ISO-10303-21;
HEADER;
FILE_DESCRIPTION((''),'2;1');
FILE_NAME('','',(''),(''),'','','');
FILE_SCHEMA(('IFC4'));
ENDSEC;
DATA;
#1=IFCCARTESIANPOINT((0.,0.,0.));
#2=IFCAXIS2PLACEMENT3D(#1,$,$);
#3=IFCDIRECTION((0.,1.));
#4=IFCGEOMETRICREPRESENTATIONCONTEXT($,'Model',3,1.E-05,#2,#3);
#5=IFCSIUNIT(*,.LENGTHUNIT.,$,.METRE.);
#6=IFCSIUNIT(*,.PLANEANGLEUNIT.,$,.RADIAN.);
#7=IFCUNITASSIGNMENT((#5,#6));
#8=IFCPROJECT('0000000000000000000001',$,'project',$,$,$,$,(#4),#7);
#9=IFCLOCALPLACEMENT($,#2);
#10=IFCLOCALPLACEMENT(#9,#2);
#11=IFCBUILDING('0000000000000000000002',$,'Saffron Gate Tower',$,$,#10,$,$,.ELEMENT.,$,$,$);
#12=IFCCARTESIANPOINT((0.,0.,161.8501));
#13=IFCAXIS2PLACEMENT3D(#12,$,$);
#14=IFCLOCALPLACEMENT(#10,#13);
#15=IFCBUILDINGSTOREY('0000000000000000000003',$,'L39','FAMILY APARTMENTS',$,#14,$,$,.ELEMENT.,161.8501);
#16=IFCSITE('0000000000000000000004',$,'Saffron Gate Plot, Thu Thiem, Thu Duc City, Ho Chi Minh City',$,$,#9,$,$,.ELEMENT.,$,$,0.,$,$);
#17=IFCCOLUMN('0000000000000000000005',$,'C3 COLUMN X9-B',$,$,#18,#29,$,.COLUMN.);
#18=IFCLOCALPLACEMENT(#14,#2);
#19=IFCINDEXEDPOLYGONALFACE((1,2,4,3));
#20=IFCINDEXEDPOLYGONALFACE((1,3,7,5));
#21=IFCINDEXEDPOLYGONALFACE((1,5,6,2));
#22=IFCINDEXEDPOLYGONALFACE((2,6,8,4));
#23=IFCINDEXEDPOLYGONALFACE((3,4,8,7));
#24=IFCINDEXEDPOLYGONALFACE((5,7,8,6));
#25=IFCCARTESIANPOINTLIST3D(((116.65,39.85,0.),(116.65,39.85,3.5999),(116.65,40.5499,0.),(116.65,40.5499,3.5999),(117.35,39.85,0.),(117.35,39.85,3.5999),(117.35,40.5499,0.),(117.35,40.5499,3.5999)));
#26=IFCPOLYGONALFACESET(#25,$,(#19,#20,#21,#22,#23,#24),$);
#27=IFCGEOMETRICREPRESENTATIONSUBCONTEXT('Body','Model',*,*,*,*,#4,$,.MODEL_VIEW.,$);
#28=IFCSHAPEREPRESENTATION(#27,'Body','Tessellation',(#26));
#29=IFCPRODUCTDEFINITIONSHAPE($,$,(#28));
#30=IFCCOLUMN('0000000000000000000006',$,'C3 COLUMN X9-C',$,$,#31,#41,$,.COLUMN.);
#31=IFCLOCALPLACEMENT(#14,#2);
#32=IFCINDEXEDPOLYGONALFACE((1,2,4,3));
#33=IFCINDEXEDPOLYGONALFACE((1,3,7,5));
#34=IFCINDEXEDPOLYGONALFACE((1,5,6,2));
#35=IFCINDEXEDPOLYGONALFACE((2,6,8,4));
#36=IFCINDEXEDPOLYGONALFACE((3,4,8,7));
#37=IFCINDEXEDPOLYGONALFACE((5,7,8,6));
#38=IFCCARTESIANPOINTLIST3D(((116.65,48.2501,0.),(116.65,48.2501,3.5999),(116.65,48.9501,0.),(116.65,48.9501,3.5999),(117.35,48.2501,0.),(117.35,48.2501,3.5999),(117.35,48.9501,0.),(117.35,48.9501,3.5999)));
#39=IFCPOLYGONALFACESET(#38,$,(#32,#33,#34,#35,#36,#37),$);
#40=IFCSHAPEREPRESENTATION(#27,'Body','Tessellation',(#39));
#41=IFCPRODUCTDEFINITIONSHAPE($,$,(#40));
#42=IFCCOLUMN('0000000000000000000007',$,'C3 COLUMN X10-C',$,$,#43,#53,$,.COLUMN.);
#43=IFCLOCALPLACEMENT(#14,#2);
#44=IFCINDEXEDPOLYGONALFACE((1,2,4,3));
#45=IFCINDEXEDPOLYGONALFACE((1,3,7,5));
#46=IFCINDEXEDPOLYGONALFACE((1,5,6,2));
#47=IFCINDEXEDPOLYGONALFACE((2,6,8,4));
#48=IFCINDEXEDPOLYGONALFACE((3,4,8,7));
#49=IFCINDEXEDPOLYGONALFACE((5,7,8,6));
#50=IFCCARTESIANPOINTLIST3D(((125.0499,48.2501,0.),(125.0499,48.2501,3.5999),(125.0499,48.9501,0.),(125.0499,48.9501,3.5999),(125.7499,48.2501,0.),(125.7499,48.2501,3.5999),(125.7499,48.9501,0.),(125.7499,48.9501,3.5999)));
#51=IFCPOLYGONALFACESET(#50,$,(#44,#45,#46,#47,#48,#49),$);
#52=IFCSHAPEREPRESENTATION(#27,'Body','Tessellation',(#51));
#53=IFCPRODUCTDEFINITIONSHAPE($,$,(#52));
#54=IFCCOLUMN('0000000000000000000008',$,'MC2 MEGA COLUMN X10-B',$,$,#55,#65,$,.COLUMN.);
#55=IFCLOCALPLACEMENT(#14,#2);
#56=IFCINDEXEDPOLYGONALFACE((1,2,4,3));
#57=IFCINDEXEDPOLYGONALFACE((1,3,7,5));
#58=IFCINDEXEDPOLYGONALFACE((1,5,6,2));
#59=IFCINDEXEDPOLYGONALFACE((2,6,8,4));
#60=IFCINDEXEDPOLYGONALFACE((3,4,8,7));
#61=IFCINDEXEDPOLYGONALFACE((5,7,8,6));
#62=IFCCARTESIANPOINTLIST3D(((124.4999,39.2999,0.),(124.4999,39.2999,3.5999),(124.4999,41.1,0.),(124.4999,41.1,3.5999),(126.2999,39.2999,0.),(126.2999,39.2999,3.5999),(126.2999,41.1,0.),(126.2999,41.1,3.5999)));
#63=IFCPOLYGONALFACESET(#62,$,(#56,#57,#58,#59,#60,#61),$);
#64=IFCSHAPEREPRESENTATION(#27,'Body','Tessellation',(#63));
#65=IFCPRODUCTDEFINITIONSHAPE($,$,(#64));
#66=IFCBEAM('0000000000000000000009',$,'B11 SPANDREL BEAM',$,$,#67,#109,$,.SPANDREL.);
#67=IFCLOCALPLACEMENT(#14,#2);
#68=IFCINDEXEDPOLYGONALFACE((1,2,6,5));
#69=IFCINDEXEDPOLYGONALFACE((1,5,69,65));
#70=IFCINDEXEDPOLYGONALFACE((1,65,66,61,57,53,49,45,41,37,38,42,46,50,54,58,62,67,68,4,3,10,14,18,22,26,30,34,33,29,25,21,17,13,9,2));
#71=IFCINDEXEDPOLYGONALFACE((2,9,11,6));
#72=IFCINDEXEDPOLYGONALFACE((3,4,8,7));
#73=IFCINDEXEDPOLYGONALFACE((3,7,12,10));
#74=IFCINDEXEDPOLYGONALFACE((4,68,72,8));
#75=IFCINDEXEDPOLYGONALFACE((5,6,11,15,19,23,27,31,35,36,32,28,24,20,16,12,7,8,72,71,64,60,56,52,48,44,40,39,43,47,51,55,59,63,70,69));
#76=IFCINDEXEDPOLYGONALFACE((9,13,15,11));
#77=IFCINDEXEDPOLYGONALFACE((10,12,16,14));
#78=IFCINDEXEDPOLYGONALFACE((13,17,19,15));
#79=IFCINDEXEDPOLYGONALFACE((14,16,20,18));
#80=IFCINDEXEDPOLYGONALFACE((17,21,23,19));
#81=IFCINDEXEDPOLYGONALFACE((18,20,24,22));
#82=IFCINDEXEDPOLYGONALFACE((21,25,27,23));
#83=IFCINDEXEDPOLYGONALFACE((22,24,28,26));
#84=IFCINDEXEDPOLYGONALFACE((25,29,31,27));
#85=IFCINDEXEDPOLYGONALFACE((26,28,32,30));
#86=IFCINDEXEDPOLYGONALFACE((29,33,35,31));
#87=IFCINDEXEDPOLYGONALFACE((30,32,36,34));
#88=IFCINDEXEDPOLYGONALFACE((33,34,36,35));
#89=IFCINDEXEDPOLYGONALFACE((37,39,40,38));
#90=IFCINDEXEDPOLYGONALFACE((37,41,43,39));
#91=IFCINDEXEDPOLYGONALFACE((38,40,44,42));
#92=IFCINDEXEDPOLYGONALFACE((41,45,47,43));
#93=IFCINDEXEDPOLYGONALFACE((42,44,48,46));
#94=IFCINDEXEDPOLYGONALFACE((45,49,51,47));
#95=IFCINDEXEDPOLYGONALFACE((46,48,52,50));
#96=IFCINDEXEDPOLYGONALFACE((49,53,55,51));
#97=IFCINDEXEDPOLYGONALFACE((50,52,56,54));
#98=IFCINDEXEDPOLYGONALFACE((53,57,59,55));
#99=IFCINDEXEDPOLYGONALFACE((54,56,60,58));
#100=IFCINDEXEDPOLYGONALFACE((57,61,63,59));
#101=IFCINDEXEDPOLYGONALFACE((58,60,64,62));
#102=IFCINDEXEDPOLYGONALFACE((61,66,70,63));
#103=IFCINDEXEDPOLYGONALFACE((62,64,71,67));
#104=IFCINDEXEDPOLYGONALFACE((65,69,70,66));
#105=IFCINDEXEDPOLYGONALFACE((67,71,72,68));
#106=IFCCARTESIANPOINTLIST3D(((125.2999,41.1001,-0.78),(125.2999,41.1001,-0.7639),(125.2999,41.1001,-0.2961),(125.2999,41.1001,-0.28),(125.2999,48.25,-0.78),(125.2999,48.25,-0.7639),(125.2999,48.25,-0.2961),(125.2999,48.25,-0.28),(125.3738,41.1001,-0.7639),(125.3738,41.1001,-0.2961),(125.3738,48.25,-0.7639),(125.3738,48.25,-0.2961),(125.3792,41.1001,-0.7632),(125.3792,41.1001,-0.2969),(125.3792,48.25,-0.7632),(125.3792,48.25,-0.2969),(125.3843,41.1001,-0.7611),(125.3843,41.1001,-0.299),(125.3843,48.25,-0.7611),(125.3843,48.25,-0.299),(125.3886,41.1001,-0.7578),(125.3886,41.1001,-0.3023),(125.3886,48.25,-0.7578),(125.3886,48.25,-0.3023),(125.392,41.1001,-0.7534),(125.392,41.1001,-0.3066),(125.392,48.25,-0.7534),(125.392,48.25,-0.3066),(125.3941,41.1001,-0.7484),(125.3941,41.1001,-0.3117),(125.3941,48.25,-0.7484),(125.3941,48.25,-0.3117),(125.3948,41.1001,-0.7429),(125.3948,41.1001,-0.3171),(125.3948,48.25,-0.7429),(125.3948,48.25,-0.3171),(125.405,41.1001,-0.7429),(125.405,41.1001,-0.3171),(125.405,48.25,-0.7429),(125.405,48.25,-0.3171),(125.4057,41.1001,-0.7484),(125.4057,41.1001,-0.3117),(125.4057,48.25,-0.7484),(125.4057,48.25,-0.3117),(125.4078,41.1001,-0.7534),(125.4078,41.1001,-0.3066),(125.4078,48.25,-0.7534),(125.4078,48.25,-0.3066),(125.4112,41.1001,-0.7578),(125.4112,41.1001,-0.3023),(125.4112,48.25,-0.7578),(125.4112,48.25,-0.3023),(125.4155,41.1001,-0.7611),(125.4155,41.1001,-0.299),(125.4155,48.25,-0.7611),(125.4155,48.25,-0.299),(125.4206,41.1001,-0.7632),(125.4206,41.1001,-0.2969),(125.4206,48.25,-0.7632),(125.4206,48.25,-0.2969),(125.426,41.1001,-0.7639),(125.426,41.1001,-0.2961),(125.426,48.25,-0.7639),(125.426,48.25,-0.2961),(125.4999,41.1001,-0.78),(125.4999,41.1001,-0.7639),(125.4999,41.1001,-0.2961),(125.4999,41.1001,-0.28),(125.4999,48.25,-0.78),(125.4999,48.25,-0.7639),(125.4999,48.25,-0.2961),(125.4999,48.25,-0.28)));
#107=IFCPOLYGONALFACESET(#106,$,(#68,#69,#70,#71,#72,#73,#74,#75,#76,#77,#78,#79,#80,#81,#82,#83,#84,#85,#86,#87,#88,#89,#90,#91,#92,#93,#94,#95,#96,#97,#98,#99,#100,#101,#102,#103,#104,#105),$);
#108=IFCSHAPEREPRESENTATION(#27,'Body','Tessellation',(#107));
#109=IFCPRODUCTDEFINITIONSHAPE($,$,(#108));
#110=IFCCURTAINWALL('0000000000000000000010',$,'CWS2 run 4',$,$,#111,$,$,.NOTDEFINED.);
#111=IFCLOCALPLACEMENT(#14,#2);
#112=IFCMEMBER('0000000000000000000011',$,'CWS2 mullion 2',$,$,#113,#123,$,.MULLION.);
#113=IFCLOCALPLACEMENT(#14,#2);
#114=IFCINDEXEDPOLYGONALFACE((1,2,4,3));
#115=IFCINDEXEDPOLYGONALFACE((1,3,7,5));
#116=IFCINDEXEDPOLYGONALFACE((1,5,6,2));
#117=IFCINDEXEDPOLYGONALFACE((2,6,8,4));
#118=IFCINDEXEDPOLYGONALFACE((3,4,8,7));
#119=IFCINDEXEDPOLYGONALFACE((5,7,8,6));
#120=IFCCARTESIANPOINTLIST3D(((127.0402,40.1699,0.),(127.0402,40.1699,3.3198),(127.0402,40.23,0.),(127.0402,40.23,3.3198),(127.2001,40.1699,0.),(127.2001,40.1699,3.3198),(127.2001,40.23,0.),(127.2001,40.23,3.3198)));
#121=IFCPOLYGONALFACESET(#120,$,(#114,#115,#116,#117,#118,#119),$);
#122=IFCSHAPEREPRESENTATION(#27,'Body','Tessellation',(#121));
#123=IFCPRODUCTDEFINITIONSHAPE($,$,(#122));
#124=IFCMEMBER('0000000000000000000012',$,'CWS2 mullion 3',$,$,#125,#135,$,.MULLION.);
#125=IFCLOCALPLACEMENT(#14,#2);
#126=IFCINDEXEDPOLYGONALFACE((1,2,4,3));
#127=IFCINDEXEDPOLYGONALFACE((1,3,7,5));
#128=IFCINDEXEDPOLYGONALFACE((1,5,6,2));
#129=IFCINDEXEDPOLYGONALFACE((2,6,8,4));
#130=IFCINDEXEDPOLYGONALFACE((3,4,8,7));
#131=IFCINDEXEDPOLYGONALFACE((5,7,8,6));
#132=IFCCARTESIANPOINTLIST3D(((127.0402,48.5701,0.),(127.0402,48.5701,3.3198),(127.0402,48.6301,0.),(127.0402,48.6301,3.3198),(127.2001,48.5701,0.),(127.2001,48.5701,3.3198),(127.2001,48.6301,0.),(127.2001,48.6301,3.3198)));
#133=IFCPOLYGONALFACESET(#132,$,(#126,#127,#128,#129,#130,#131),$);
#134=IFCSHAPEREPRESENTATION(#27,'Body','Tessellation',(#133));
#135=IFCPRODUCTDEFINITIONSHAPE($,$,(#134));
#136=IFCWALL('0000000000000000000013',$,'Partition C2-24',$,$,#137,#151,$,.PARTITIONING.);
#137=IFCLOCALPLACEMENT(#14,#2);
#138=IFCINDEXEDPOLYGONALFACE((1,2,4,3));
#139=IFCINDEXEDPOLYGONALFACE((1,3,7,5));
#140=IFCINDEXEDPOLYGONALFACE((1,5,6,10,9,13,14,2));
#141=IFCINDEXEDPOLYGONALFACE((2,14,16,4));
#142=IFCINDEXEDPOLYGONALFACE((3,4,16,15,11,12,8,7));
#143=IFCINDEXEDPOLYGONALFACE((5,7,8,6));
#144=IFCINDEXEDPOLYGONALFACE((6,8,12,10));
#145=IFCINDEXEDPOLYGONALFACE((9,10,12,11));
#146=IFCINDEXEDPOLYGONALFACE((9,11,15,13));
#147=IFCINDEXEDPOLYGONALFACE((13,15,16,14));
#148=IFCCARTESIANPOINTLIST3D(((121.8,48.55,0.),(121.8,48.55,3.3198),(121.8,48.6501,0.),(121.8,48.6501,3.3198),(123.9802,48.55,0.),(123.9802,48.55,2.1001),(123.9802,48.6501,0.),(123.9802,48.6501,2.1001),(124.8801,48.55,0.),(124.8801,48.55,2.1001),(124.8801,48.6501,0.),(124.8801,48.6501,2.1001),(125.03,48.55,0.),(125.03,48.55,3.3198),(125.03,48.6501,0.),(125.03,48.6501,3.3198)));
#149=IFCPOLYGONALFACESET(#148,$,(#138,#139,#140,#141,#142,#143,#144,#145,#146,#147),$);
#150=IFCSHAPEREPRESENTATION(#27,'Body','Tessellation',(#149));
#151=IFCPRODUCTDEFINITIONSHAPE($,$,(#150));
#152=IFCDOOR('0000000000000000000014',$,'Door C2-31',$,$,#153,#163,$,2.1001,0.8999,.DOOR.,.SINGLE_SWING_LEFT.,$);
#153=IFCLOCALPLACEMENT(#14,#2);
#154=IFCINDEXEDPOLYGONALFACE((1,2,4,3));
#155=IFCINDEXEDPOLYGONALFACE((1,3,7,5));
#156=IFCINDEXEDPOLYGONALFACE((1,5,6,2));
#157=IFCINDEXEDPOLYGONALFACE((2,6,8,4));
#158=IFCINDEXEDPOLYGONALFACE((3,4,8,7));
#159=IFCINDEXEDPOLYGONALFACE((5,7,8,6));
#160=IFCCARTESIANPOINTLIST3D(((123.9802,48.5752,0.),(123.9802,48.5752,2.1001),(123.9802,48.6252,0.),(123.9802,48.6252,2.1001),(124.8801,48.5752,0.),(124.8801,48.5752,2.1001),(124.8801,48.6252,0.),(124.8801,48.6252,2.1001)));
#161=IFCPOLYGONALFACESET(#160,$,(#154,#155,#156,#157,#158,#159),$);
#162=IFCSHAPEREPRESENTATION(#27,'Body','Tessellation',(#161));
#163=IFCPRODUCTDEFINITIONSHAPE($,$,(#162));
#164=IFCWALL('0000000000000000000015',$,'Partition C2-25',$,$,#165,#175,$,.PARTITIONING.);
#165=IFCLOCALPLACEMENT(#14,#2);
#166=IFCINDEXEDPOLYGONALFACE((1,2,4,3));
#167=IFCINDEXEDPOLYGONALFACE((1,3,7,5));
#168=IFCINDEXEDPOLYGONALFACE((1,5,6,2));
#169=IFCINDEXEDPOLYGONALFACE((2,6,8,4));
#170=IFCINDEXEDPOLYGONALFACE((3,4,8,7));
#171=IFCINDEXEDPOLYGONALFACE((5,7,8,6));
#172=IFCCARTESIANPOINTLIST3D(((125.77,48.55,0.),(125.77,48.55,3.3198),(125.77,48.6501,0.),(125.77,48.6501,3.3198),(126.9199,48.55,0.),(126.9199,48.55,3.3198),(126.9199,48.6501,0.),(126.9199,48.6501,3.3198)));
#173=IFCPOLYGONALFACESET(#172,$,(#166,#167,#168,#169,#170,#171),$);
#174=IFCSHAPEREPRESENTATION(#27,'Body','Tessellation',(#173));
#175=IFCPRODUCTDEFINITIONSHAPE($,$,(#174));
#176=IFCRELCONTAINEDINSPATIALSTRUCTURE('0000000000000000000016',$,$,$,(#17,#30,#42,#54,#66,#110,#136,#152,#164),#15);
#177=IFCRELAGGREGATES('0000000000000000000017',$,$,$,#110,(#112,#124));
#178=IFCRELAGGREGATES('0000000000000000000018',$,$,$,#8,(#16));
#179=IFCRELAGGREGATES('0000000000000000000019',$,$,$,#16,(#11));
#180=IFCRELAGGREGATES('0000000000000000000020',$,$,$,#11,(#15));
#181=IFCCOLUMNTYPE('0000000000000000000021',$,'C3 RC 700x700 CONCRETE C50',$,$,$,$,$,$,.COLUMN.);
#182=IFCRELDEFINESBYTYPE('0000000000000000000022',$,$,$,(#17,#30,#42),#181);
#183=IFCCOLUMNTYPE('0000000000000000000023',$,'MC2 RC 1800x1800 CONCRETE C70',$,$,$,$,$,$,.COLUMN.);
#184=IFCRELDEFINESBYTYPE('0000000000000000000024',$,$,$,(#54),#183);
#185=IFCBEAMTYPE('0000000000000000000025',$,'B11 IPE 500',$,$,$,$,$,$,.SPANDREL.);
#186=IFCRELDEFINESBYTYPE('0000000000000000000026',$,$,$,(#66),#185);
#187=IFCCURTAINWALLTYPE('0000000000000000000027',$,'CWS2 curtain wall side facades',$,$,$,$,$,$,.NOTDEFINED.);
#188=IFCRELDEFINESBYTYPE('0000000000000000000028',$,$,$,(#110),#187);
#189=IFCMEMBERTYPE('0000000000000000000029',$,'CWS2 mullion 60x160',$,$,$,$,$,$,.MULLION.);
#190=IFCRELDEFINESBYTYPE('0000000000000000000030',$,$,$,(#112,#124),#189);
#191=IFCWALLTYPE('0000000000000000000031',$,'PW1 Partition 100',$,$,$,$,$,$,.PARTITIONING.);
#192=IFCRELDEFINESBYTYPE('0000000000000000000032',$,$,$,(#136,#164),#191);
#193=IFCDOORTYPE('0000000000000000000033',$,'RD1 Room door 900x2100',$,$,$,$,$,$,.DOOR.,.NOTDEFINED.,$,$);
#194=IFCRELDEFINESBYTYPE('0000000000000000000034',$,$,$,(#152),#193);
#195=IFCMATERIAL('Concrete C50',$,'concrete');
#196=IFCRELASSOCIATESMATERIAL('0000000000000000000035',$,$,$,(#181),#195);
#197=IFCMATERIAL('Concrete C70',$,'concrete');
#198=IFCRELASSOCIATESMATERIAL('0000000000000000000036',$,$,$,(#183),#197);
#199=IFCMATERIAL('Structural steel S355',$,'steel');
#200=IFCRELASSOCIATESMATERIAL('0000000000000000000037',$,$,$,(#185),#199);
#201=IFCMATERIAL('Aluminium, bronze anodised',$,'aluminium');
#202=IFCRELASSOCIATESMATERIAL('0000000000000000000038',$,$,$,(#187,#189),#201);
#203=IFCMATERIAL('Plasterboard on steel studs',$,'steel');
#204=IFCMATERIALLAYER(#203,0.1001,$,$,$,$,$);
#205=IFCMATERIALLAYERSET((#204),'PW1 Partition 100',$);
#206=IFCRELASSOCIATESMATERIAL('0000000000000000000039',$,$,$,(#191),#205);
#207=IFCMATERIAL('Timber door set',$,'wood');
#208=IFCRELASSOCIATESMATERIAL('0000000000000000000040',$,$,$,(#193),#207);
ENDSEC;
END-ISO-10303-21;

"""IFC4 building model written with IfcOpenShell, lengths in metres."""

from ifc_helpers import new_model, si_unit, direction, frame, frame_2d, origin, origin_2d, place, context, subcontext, project, spatial, rectangle, i_section, extrude, material, layer, layer_set, material_profile, profile_set, type_object, element, fill, aggregate, save


model = new_model("IFC4")

# Units and contexts
model_context = context("Model", 3, precision=1e-05, world=origin(), true_north=direction((0.0, 1.0)))
body_context = subcontext(model_context, "Body", "Model", "MODEL_VIEW")
ifc_project = project(units=[si_unit("LENGTHUNIT", "METRE"), si_unit("PLANEANGLEUNIT", "RADIAN")], contexts=[model_context])

# Site, building, storey
site_placement = place(None, origin())
site = spatial("IfcSite", under=ifc_project, at=site_placement, Name="Saffron Gate Plot, Thu Thiem, Thu Duc City, Ho Chi Minh City", CompositionType="ELEMENT", RefElevation=0.0)
building_placement = place(site_placement, origin())
building = spatial("IfcBuilding", under=site, at=building_placement, Name="Saffron Gate Tower", CompositionType="ELEMENT")
storey_placement = place(building_placement, frame((0.0, 0.0, 161.8501)))
storey = spatial("IfcBuildingStorey", under=building, at=storey_placement, Name="L39", Description="FAMILY APARTMENTS", CompositionType="ELEMENT", Elevation=161.8501)

# Columns
ifc_material_1 = material(Name="Concrete C50", Category="concrete")
ifc_material_profile_1 = material_profile(ifc_material_1, rectangle(XDim=0.7, YDim=0.7, at=origin_2d()))
ifc_profile_set_1 = profile_set([ifc_material_profile_1], Name="Concrete C50")
column_type_1 = type_object("IfcColumnType", Name="C3 RC 700x700 CONCRETE C50", PredefinedType="COLUMN", material=ifc_profile_set_1)
for number, where, z_axis, x_axis, name in (
    (1, (117.0, 40.2, 0.0), (0.0, 0.0, 1.0), (1.0, 0.0, 0.0), "C3 COLUMN X9-B"),
    (2, (117.0, 48.6001, 0.0), (0.0, 0.0, 1.0), (1.0, 0.0, 0.0), "C3 COLUMN X9-C"),
    (3, (125.3999, 48.6001, 0.0), (0.0, 0.0, 1.0), (1.0, 0.0, 0.0), "C3 COLUMN X10-C"),
):
    element("IfcColumn", number, at=place(storey_placement, frame(where, z_axis=z_axis, x_axis=x_axis)), inside=storey, type_object=column_type_1, Name=name, PredefinedType="COLUMN", context=body_context, shape_type="SweptSolid", body=[
        extrude(rectangle(XDim=0.7, YDim=0.7, at=origin_2d()), origin(), (0.0, 0.0, 1.0), 3.5999),
    ])
ifc_material_2 = material(Name="Concrete C70", Category="concrete")
ifc_material_profile_2 = material_profile(ifc_material_2, rectangle(XDim=1.8, YDim=1.8, at=origin_2d()))
ifc_profile_set_2 = profile_set([ifc_material_profile_2], Name="Concrete C70")
column_type_2 = type_object("IfcColumnType", Name="MC2 RC 1800x1800 CONCRETE C70", PredefinedType="COLUMN", material=ifc_profile_set_2)
column_placement = place(storey_placement, frame((125.3999, 40.2, 0.0), z_axis=(0.0, 0.0, 1.0), x_axis=(1.0, 0.0, 0.0)))
element("IfcColumn", 4, at=column_placement, inside=storey, type_object=column_type_2, Name="MC2 MEGA COLUMN X10-B", PredefinedType="COLUMN", context=body_context, shape_type="SweptSolid", body=[
    extrude(rectangle(XDim=1.8, YDim=1.8, at=origin_2d()), origin(), (0.0, 0.0, 1.0), 3.5999),
])

# Beam
ifc_material_3 = material(Name="Structural steel S355", Category="steel")
ifc_material_profile_3 = material_profile(ifc_material_3, i_section(OverallWidth=0.2, OverallDepth=0.5, WebThickness=0.0103, FlangeThickness=0.0161, FilletRadius=0.021, at=origin_2d()))
ifc_profile_set_3 = profile_set([ifc_material_profile_3], Name="Structural steel S355")
beam_type = type_object("IfcBeamType", Name="B11 IPE 500", PredefinedType="SPANDREL", material=ifc_profile_set_3)
beam_placement = place(storey_placement, frame((125.3999, 41.1001, -0.53), z_axis=(0.0, 1.0, 0.0), x_axis=(-1.0, 0.0, 0.0)))
element("IfcBeam", 5, at=beam_placement, inside=storey, type_object=beam_type, Name="B11 SPANDREL BEAM", PredefinedType="SPANDREL", context=body_context, shape_type="SweptSolid", body=[
    extrude(i_section(OverallWidth=0.2, OverallDepth=0.5, WebThickness=0.0103, FlangeThickness=0.0161, FilletRadius=0.021, at=origin_2d()), origin(), (0.0, 0.0, 1.0), 7.1499),
])

# Curtain wall, members
ifc_material_4 = material(Name="Aluminium, bronze anodised", Category="aluminium")
curtain_wall_type = type_object("IfcCurtainWallType", Name="CWS2 curtain wall side facades", PredefinedType="NOTDEFINED", material=ifc_material_4)
curtain_wall_placement = place(storey_placement, origin())
curtain_wall = element("IfcCurtainWall", 6, at=curtain_wall_placement, inside=storey, type_object=curtain_wall_type, Name="CWS2 run 4", PredefinedType="NOTDEFINED")
ifc_material_profile_4 = material_profile(ifc_material_4, rectangle(XDim=0.1599, YDim=0.0601, at=origin_2d()))
ifc_profile_set_4 = profile_set([ifc_material_profile_4], Name="Aluminium, bronze anodised")
member_type = type_object("IfcMemberType", Name="CWS2 mullion 60x160", PredefinedType="MULLION", material=ifc_profile_set_4)
member_1_placement = place(storey_placement, frame((127.1201, 40.2, 0.0), z_axis=(0.0, 0.0, 1.0), x_axis=(-1.0, 0.0, 0.0)))
member_1 = element("IfcMember", 7, at=member_1_placement, type_object=member_type, Name="CWS2 mullion 2", PredefinedType="MULLION", context=body_context, shape_type="SweptSolid", body=[
    extrude(rectangle(XDim=0.1599, YDim=0.0601, at=origin_2d()), origin(), (0.0, 0.0, 1.0), 3.3198),
])
member_2_placement = place(storey_placement, frame((127.1201, 48.6001, 0.0), z_axis=(0.0, 0.0, 1.0), x_axis=(-1.0, 0.0, 0.0)))
member_2 = element("IfcMember", 8, at=member_2_placement, type_object=member_type, Name="CWS2 mullion 3", PredefinedType="MULLION", context=body_context, shape_type="SweptSolid", body=[
    extrude(rectangle(XDim=0.1599, YDim=0.0601, at=origin_2d()), origin(), (0.0, 0.0, 1.0), 3.3198),
])
aggregate(curtain_wall, [member_1, member_2])

# Wall, opening, door
ifc_material_5 = material(Name="Plasterboard on steel studs", Category="steel")
ifc_layer_1 = layer(ifc_material_5, 0.1001)
ifc_layer_set_1 = layer_set([ifc_layer_1], Name="PW1 Partition 100")
wall_type_1 = type_object("IfcWallType", Name="PW1 Partition 100", PredefinedType="PARTITIONING", material=ifc_layer_set_1)
wall_1_placement = place(storey_placement, frame((125.03, 48.6001, 0.0), z_axis=(0.0, 0.0, 1.0), x_axis=(-1.0, 0.0, 0.0)))
wall_1 = element("IfcWall", 9, at=wall_1_placement, inside=storey, type_object=wall_type_1, Name="Partition C2-24", PredefinedType="PARTITIONING", context=body_context, shape_type="SweptSolid", body=[
    extrude(rectangle(XDim=3.23, YDim=0.1001, at=frame_2d((1.615, 0.0))), origin(), (0.0, 0.0, 1.0), 3.3198),
])
opening_1_placement = place(wall_1_placement, frame((0.1499, 0.0, 0.0)))
opening_1 = element("IfcOpeningElement", 10, at=opening_1_placement, cuts=wall_1, PredefinedType="OPENING", context=body_context, shape_type="SweptSolid", body=[
    extrude(rectangle(XDim=0.8999, YDim=2.1001, at=frame_2d((0.45, 1.05))), frame((0.0, 0.0601, 0.0), z_axis=(0.0, -1.0, 0.0), x_axis=(1.0, 0.0, 0.0)), (0.0, 0.0, 1.0), 0.1201),
])
ifc_material_6 = material(Name="Timber door set", Category="wood")
door_type_1 = type_object("IfcDoorType", Name="RD1 Room door 900x2100", OperationType="NOTDEFINED", PredefinedType="DOOR", material=ifc_material_6)
door_1_placement = place(opening_1_placement, origin())
door_1 = element("IfcDoor", 11, at=door_1_placement, inside=storey, type_object=door_type_1, Name="Door C2-31", OperationType="SINGLE_SWING_LEFT", OverallHeight=2.1001, OverallWidth=0.8999, PredefinedType="DOOR", context=body_context, shape_type="SweptSolid", body=[
    extrude(rectangle(XDim=0.8999, YDim=2.1001, at=frame_2d((0.45, 1.05))), frame((0.0, 0.0249, 0.0), z_axis=(0.0, -1.0, 0.0), x_axis=(1.0, 0.0, 0.0)), (0.0, 0.0, 1.0), 0.05),
])
fill(opening_1, door_1)

# Wall
wall_2_placement = place(storey_placement, frame((125.77, 48.6001, 0.0), z_axis=(0.0, 0.0, 1.0), x_axis=(1.0, 0.0, 0.0)))
element("IfcWall", 12, at=wall_2_placement, inside=storey, type_object=wall_type_1, Name="Partition C2-25", PredefinedType="PARTITIONING", context=body_context, shape_type="SweptSolid", body=[
    extrude(rectangle(XDim=1.1499, YDim=0.1001, at=frame_2d((0.575, 0.0))), origin(), (0.0, 0.0, 1.0), 3.3198),
])

save(model, "model.ifc")
